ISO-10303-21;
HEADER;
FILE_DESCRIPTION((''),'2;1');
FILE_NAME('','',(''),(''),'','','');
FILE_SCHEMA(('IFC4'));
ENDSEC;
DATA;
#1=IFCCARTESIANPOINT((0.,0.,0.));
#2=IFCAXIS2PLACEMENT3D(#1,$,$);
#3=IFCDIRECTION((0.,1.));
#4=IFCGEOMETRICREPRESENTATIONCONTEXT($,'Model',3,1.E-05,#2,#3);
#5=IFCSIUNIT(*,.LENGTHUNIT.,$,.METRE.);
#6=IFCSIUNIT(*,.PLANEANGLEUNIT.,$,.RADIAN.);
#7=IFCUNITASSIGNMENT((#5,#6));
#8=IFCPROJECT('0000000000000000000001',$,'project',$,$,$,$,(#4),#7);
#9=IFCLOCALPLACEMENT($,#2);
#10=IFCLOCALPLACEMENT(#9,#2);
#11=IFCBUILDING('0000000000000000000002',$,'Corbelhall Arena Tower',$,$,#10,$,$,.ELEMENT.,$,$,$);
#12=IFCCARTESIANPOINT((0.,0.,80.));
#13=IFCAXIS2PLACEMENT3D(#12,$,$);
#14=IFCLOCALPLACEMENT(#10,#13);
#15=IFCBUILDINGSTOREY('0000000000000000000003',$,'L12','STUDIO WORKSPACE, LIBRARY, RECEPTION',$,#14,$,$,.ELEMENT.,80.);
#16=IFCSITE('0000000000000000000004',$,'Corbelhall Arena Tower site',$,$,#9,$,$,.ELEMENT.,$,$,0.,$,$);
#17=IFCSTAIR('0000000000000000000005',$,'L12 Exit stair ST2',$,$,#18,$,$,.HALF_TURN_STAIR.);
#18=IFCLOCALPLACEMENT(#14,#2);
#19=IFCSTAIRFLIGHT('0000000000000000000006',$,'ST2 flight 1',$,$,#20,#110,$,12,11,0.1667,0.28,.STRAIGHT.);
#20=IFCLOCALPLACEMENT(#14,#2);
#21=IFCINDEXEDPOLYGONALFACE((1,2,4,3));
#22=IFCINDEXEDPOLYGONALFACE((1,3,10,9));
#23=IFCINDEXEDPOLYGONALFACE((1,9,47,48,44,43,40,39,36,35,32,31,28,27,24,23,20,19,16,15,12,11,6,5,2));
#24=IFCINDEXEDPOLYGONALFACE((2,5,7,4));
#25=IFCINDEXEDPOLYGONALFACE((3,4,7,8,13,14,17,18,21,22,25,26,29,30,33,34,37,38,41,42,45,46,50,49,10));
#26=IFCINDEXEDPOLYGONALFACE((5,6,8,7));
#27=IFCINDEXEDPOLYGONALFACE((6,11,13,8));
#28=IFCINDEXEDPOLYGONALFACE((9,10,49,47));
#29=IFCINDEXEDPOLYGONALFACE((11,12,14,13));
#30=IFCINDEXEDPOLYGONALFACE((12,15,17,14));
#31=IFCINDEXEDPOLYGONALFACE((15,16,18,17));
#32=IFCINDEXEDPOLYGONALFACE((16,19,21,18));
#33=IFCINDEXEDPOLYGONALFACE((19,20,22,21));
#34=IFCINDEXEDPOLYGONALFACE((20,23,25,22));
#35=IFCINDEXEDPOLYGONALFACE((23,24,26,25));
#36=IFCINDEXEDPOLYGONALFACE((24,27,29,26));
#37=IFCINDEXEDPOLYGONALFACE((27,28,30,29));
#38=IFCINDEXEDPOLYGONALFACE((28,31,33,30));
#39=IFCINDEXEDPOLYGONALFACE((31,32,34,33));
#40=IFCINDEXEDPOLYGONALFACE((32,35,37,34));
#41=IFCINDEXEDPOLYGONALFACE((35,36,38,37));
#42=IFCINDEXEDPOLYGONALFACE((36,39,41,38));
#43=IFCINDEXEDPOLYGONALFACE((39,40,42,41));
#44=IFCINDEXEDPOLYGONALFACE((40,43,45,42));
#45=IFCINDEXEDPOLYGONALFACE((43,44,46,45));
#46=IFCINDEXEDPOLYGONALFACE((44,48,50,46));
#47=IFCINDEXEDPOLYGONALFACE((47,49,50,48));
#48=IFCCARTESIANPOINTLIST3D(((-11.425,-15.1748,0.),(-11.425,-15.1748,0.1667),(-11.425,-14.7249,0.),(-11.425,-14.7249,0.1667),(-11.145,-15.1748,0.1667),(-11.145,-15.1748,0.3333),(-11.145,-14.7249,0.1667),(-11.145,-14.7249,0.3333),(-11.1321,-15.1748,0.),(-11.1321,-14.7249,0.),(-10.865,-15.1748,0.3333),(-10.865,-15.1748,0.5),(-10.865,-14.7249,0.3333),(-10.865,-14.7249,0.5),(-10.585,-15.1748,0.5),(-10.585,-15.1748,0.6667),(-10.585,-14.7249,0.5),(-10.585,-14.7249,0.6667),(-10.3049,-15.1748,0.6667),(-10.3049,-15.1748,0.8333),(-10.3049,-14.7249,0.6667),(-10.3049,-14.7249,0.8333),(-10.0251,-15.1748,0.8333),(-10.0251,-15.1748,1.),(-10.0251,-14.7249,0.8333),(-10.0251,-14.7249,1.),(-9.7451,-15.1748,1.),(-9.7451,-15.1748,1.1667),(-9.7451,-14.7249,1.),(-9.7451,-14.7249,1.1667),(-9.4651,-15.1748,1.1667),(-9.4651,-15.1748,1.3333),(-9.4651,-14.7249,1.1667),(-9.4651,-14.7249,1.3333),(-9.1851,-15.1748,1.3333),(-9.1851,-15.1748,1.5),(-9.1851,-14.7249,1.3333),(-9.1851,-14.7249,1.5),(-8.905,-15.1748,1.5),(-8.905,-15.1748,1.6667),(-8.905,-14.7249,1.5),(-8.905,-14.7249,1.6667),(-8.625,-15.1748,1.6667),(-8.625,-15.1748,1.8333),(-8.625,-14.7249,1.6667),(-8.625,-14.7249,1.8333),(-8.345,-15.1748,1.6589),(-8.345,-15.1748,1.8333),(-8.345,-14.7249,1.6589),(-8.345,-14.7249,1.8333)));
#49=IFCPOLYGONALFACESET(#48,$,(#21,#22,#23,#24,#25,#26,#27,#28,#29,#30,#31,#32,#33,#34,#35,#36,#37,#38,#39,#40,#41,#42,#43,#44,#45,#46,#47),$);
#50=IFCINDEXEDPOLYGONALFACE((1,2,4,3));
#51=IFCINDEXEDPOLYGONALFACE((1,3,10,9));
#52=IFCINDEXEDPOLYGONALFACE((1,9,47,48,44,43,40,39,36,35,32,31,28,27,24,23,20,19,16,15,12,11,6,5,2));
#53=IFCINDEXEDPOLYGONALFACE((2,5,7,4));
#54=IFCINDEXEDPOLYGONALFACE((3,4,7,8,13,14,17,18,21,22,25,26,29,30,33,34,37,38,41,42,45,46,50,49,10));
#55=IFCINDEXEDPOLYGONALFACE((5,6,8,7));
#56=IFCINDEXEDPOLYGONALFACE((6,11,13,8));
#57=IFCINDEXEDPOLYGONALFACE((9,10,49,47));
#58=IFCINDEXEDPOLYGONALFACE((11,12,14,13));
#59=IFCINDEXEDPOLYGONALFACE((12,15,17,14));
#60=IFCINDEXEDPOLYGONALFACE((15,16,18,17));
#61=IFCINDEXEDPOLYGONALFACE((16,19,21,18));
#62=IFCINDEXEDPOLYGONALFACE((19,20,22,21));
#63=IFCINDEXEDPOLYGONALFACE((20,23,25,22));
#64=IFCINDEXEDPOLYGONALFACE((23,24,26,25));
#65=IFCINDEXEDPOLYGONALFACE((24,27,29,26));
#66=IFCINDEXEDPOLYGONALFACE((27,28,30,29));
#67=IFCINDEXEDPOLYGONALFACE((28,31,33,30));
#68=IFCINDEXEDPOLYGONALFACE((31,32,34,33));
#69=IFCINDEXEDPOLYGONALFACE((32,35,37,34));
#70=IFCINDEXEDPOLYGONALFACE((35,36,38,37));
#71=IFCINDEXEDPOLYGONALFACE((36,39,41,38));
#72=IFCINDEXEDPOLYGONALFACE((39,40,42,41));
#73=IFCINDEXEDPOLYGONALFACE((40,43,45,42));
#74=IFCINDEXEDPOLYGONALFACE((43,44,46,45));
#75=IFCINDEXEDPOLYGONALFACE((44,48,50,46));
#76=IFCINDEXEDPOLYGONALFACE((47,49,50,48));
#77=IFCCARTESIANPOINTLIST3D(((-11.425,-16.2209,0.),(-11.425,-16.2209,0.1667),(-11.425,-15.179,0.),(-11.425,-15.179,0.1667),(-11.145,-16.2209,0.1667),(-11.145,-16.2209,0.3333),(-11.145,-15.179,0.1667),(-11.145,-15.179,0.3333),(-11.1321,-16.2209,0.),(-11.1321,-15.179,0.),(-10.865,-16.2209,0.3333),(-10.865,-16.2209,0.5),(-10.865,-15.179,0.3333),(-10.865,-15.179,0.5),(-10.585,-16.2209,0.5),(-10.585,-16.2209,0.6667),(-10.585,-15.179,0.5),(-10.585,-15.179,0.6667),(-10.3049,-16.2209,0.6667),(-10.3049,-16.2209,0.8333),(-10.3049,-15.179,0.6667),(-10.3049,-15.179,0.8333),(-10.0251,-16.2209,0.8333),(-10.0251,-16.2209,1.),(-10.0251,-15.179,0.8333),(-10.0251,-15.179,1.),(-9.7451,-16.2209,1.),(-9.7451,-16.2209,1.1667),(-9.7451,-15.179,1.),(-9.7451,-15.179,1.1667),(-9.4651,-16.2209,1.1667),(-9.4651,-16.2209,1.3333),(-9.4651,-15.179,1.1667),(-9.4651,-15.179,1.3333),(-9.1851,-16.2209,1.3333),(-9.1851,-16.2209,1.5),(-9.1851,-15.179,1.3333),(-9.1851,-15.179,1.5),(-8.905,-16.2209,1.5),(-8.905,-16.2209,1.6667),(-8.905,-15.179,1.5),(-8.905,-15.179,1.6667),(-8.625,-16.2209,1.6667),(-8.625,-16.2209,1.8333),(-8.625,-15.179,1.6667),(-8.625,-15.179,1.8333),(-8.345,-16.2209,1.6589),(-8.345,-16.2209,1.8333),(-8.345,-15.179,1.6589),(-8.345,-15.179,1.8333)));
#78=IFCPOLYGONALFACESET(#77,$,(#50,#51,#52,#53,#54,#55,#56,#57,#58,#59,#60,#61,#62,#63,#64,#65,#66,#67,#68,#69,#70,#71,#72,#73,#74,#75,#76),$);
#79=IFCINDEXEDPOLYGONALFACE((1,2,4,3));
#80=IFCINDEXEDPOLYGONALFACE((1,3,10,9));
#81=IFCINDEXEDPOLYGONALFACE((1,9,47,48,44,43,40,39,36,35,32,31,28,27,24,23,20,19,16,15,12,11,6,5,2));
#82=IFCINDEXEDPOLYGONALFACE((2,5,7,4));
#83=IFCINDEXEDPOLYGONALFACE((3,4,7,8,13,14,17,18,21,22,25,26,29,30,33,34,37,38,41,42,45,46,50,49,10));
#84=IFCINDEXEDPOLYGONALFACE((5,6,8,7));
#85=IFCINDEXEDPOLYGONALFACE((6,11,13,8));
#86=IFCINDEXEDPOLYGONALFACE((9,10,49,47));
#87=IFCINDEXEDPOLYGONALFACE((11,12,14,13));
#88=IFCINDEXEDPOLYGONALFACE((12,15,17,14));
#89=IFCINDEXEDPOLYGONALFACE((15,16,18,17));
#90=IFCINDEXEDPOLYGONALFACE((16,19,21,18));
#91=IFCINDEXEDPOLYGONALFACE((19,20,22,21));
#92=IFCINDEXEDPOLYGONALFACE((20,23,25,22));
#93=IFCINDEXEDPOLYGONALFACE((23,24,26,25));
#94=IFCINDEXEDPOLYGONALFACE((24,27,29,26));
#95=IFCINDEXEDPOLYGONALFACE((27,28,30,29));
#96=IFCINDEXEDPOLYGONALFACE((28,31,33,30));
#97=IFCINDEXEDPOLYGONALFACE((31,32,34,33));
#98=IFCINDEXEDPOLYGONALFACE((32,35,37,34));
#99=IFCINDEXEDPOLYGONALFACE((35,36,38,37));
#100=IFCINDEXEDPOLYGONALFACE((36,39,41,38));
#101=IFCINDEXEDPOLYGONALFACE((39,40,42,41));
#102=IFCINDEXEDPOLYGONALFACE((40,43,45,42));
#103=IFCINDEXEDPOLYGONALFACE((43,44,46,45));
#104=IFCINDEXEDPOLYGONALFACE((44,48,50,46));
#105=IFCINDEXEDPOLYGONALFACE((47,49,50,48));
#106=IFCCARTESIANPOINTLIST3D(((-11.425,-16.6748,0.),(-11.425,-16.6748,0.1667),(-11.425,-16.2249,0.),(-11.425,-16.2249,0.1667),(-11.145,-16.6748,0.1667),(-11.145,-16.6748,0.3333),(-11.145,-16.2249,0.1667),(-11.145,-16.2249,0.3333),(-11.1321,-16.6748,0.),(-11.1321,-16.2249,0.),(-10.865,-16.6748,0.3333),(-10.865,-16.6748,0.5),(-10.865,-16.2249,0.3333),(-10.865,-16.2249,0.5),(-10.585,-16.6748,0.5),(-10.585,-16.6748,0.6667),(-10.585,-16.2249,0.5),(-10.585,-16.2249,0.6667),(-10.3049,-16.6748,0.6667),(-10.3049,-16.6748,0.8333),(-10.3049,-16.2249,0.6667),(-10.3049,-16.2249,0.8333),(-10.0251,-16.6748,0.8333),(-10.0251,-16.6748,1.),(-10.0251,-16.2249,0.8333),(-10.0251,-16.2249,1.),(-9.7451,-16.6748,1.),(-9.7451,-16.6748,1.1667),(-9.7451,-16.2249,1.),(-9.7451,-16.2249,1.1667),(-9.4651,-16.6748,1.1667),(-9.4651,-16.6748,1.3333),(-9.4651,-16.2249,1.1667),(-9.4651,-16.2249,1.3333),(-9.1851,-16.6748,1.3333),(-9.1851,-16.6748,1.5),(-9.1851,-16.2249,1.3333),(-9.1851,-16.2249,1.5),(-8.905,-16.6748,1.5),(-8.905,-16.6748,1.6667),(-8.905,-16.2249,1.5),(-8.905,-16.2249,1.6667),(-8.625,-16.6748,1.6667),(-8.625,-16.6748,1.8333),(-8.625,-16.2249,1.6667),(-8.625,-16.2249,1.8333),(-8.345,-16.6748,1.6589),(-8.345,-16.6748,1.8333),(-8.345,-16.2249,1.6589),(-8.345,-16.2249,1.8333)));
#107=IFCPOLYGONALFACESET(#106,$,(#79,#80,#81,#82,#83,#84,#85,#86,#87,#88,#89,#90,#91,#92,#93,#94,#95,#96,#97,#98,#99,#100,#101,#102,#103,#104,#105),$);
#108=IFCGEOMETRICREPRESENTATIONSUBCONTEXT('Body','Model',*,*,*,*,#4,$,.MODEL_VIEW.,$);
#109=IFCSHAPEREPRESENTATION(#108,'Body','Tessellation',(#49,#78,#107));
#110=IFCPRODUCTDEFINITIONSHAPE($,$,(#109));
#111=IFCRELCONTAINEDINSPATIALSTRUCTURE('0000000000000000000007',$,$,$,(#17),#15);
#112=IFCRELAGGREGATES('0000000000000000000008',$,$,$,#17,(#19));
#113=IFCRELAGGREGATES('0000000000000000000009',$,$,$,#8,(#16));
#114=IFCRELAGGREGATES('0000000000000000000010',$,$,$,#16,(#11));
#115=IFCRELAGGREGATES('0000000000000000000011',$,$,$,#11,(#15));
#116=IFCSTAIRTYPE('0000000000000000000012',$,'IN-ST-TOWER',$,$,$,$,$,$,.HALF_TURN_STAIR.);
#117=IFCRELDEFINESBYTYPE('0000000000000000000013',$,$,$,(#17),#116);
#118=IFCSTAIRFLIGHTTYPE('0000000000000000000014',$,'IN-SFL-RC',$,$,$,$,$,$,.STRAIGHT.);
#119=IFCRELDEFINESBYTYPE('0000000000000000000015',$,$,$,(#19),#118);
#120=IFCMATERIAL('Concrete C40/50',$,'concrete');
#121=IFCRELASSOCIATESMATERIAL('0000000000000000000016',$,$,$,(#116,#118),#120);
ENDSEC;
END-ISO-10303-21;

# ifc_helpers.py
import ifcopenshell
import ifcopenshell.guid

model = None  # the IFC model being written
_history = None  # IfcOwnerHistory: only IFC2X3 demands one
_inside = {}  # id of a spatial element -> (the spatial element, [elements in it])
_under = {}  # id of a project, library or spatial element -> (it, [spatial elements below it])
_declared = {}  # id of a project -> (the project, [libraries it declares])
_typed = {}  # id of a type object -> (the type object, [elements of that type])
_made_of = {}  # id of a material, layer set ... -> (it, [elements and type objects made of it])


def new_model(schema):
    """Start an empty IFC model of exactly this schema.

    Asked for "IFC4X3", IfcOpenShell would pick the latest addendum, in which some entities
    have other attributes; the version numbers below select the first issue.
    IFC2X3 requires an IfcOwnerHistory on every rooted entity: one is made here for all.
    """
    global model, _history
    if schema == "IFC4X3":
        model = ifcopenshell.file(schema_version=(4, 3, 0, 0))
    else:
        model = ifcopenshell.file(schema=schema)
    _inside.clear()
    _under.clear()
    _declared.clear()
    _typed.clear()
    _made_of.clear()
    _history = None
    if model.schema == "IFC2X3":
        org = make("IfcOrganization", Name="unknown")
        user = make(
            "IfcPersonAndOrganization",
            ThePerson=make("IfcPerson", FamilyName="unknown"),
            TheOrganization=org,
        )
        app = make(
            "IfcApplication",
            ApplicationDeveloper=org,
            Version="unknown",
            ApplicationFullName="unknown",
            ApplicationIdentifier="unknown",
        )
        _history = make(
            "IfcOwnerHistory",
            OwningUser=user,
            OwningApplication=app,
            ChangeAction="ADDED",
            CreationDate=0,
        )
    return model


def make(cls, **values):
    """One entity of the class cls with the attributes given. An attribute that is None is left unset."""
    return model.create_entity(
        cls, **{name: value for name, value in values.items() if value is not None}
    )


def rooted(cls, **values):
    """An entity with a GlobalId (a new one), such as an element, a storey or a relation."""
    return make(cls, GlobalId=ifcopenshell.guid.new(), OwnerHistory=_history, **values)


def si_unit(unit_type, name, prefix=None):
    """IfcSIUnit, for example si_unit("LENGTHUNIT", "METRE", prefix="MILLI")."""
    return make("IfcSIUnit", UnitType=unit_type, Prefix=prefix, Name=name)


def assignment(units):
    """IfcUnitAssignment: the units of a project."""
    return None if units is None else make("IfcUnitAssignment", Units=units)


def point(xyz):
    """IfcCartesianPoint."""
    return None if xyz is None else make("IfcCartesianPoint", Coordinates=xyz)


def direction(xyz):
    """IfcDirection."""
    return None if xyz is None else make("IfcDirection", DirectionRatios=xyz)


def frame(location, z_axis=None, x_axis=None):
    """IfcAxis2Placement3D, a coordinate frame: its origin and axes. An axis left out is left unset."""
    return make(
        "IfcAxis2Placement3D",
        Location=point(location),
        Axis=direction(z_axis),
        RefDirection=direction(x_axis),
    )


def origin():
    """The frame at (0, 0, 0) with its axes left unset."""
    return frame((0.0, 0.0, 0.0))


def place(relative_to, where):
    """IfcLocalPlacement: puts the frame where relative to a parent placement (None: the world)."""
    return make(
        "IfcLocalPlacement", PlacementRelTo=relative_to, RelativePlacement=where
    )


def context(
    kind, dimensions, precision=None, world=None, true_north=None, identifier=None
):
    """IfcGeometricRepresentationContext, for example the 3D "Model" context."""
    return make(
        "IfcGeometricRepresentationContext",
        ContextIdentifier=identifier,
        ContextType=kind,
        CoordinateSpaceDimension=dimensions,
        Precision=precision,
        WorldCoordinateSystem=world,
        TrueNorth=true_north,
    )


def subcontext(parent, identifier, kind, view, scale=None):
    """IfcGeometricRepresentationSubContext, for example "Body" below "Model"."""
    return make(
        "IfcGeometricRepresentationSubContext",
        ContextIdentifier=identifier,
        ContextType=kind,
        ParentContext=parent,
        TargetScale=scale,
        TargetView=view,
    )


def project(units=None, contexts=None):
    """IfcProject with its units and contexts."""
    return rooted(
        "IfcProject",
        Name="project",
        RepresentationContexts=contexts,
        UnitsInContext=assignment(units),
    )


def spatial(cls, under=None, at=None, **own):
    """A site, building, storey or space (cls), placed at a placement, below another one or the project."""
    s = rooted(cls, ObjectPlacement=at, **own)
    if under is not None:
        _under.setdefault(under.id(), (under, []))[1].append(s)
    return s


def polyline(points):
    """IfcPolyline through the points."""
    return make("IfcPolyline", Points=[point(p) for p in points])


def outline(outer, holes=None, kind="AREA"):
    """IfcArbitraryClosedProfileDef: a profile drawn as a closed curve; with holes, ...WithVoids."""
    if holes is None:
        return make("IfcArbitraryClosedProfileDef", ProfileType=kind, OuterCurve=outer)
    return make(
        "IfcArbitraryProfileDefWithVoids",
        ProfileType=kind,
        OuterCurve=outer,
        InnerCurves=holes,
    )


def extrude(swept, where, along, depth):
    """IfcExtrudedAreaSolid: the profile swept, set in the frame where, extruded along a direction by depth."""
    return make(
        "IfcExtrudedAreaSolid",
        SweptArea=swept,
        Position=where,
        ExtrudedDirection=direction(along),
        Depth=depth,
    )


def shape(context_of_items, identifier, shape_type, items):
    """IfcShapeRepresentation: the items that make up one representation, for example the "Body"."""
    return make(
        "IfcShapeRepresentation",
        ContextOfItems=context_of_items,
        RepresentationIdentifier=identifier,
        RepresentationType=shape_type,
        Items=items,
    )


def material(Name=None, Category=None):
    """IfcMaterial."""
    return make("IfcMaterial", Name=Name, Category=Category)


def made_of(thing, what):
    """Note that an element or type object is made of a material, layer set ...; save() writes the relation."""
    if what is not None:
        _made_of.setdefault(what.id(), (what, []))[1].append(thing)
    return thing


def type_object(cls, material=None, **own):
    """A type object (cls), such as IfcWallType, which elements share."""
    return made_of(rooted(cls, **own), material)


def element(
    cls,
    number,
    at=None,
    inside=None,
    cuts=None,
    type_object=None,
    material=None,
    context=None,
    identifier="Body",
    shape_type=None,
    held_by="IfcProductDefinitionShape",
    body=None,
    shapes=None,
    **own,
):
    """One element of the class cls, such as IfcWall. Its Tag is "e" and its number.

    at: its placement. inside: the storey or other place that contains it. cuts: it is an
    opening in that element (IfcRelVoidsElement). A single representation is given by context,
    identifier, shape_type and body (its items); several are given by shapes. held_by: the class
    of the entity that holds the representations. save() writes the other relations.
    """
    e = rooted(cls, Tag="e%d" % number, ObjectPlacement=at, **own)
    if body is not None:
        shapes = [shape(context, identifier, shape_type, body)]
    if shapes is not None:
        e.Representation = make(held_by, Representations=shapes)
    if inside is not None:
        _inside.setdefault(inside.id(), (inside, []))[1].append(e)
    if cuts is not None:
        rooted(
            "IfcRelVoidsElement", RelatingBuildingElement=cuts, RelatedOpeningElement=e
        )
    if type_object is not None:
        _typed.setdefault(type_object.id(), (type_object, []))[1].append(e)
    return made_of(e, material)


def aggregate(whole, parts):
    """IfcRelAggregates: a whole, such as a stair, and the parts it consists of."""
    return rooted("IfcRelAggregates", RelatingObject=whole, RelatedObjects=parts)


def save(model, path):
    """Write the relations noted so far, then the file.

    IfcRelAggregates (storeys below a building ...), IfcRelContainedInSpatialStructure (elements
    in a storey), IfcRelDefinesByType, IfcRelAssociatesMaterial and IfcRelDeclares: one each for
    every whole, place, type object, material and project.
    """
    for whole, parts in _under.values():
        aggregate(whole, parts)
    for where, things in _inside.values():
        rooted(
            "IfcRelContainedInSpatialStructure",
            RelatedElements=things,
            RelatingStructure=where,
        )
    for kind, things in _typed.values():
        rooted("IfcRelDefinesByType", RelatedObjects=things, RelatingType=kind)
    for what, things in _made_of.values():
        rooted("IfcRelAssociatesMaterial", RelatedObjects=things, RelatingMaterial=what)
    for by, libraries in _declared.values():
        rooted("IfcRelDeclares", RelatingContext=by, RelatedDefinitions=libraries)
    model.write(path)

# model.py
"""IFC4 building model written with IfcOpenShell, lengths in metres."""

from ifc_helpers import new_model, si_unit, direction, frame, origin, place, context, subcontext, project, spatial, polyline, outline, extrude, material, type_object, element, aggregate, save


model = new_model("IFC4")

# Units and contexts
model_context = context("Model", 3, precision=1e-05, world=origin(), true_north=direction((0.0, 1.0)))
body_context = subcontext(model_context, "Body", "Model", "MODEL_VIEW")
ifc_project = project(units=[si_unit("LENGTHUNIT", "METRE"), si_unit("PLANEANGLEUNIT", "RADIAN")], contexts=[model_context])

# Site, building, storey
site_placement = place(None, origin())
site = spatial("IfcSite", under=ifc_project, at=site_placement, Name="Corbelhall Arena Tower site", CompositionType="ELEMENT", RefElevation=0.0)
building_placement = place(site_placement, origin())
building = spatial("IfcBuilding", under=site, at=building_placement, Name="Corbelhall Arena Tower", CompositionType="ELEMENT")
storey_placement = place(building_placement, frame((0.0, 0.0, 80.0)))
storey = spatial("IfcBuildingStorey", under=building, at=storey_placement, Name="L12", Description="STUDIO WORKSPACE, LIBRARY, RECEPTION", CompositionType="ELEMENT", Elevation=80.0)

# Stair, stair flight
ifc_material_1 = material(Name="Concrete C40/50", Category="concrete")
stair_type = type_object("IfcStairType", Name="IN-ST-TOWER", PredefinedType="HALF_TURN_STAIR", material=ifc_material_1)
stair_placement = place(storey_placement, origin())
stair = element("IfcStair", 1, at=stair_placement, inside=storey, type_object=stair_type, Name="L12 Exit stair ST2", PredefinedType="HALF_TURN_STAIR")
stair_flight_type = type_object("IfcStairFlightType", Name="IN-SFL-RC", PredefinedType="STRAIGHT", material=ifc_material_1)
stair_flight_placement = place(storey_placement, frame((-11.425, -15.7, 0.0), z_axis=(0.0, 0.0, 1.0), x_axis=(1.0, 0.0, 0.0)))
stair_flight = element("IfcStairFlight", 2, at=stair_flight_placement, type_object=stair_flight_type, Name="ST2 flight 1", NumberOfRisers=12, NumberOfTreads=11, PredefinedType="STRAIGHT", RiserHeight=0.1667, TreadLength=0.28, context=body_context, shape_type="SweptSolid", body=[
    extrude(outline(polyline([(0.0, 0.0), (0.0, 0.1667), (0.28, 0.1667), (0.28, 0.3333), (0.5601, 0.3333), (0.5601, 0.5), (0.8401, 0.5), (0.8401, 0.6667), (1.1201, 0.6667), (1.1201, 0.8333), (1.3999, 0.8333), (1.3999, 1.0), (1.6799, 1.0), (1.6799, 1.1667), (1.96, 1.1667), (1.96, 1.3333), (2.24, 1.3333), (2.24, 1.5), (2.52, 1.5), (2.52, 1.6667), (2.8, 1.6667), (2.8, 1.8333), (3.0801, 1.8333), (3.0801, 2.0), (3.0801, 1.6589), (0.293, 0.0), (0.0, 0.0)])), frame((0.0, 0.9751, 0.0), z_axis=(0.0, -1.0, 0.0), x_axis=(1.0, 0.0, 0.0)), (0.0, 0.0, 1.0), 0.45),
    extrude(outline(polyline([(0.0, 0.0), (0.0, 0.1667), (0.28, 0.1667), (0.28, 0.3333), (0.5601, 0.3333), (0.5601, 0.5), (0.8401, 0.5), (0.8401, 0.6667), (1.1201, 0.6667), (1.1201, 0.8333), (1.3999, 0.8333), (1.3999, 1.0), (1.6799, 1.0), (1.6799, 1.1667), (1.96, 1.1667), (1.96, 1.3333), (2.24, 1.3333), (2.24, 1.5), (2.52, 1.5), (2.52, 1.6667), (2.8, 1.6667), (2.8, 1.8333), (3.0801, 1.8333), (3.0801, 2.0), (3.0801, 1.6589), (0.293, 0.0), (0.0, 0.0)])), frame((0.0, 0.521, 0.0), z_axis=(0.0, -1.0, 0.0), x_axis=(1.0, 0.0, 0.0)), (0.0, 0.0, 1.0), 1.042),
    extrude(outline(polyline([(0.0, 0.0), (0.0, 0.1667), (0.28, 0.1667), (0.28, 0.3333), (0.5601, 0.3333), (0.5601, 0.5), (0.8401, 0.5), (0.8401, 0.6667), (1.1201, 0.6667), (1.1201, 0.8333), (1.3999, 0.8333), (1.3999, 1.0), (1.6799, 1.0), (1.6799, 1.1667), (1.96, 1.1667), (1.96, 1.3333), (2.24, 1.3333), (2.24, 1.5), (2.52, 1.5), (2.52, 1.6667), (2.8, 1.6667), (2.8, 1.8333), (3.0801, 1.8333), (3.0801, 2.0), (3.0801, 1.6589), (0.293, 0.0), (0.0, 0.0)])), frame((0.0, -0.5249, 0.0), z_axis=(0.0, -1.0, 0.0), x_axis=(1.0, 0.0, 0.0)), (0.0, 0.0, 1.0), 0.45),
])
aggregate(stair, [stair_flight])

save(model, "model.ifc")
